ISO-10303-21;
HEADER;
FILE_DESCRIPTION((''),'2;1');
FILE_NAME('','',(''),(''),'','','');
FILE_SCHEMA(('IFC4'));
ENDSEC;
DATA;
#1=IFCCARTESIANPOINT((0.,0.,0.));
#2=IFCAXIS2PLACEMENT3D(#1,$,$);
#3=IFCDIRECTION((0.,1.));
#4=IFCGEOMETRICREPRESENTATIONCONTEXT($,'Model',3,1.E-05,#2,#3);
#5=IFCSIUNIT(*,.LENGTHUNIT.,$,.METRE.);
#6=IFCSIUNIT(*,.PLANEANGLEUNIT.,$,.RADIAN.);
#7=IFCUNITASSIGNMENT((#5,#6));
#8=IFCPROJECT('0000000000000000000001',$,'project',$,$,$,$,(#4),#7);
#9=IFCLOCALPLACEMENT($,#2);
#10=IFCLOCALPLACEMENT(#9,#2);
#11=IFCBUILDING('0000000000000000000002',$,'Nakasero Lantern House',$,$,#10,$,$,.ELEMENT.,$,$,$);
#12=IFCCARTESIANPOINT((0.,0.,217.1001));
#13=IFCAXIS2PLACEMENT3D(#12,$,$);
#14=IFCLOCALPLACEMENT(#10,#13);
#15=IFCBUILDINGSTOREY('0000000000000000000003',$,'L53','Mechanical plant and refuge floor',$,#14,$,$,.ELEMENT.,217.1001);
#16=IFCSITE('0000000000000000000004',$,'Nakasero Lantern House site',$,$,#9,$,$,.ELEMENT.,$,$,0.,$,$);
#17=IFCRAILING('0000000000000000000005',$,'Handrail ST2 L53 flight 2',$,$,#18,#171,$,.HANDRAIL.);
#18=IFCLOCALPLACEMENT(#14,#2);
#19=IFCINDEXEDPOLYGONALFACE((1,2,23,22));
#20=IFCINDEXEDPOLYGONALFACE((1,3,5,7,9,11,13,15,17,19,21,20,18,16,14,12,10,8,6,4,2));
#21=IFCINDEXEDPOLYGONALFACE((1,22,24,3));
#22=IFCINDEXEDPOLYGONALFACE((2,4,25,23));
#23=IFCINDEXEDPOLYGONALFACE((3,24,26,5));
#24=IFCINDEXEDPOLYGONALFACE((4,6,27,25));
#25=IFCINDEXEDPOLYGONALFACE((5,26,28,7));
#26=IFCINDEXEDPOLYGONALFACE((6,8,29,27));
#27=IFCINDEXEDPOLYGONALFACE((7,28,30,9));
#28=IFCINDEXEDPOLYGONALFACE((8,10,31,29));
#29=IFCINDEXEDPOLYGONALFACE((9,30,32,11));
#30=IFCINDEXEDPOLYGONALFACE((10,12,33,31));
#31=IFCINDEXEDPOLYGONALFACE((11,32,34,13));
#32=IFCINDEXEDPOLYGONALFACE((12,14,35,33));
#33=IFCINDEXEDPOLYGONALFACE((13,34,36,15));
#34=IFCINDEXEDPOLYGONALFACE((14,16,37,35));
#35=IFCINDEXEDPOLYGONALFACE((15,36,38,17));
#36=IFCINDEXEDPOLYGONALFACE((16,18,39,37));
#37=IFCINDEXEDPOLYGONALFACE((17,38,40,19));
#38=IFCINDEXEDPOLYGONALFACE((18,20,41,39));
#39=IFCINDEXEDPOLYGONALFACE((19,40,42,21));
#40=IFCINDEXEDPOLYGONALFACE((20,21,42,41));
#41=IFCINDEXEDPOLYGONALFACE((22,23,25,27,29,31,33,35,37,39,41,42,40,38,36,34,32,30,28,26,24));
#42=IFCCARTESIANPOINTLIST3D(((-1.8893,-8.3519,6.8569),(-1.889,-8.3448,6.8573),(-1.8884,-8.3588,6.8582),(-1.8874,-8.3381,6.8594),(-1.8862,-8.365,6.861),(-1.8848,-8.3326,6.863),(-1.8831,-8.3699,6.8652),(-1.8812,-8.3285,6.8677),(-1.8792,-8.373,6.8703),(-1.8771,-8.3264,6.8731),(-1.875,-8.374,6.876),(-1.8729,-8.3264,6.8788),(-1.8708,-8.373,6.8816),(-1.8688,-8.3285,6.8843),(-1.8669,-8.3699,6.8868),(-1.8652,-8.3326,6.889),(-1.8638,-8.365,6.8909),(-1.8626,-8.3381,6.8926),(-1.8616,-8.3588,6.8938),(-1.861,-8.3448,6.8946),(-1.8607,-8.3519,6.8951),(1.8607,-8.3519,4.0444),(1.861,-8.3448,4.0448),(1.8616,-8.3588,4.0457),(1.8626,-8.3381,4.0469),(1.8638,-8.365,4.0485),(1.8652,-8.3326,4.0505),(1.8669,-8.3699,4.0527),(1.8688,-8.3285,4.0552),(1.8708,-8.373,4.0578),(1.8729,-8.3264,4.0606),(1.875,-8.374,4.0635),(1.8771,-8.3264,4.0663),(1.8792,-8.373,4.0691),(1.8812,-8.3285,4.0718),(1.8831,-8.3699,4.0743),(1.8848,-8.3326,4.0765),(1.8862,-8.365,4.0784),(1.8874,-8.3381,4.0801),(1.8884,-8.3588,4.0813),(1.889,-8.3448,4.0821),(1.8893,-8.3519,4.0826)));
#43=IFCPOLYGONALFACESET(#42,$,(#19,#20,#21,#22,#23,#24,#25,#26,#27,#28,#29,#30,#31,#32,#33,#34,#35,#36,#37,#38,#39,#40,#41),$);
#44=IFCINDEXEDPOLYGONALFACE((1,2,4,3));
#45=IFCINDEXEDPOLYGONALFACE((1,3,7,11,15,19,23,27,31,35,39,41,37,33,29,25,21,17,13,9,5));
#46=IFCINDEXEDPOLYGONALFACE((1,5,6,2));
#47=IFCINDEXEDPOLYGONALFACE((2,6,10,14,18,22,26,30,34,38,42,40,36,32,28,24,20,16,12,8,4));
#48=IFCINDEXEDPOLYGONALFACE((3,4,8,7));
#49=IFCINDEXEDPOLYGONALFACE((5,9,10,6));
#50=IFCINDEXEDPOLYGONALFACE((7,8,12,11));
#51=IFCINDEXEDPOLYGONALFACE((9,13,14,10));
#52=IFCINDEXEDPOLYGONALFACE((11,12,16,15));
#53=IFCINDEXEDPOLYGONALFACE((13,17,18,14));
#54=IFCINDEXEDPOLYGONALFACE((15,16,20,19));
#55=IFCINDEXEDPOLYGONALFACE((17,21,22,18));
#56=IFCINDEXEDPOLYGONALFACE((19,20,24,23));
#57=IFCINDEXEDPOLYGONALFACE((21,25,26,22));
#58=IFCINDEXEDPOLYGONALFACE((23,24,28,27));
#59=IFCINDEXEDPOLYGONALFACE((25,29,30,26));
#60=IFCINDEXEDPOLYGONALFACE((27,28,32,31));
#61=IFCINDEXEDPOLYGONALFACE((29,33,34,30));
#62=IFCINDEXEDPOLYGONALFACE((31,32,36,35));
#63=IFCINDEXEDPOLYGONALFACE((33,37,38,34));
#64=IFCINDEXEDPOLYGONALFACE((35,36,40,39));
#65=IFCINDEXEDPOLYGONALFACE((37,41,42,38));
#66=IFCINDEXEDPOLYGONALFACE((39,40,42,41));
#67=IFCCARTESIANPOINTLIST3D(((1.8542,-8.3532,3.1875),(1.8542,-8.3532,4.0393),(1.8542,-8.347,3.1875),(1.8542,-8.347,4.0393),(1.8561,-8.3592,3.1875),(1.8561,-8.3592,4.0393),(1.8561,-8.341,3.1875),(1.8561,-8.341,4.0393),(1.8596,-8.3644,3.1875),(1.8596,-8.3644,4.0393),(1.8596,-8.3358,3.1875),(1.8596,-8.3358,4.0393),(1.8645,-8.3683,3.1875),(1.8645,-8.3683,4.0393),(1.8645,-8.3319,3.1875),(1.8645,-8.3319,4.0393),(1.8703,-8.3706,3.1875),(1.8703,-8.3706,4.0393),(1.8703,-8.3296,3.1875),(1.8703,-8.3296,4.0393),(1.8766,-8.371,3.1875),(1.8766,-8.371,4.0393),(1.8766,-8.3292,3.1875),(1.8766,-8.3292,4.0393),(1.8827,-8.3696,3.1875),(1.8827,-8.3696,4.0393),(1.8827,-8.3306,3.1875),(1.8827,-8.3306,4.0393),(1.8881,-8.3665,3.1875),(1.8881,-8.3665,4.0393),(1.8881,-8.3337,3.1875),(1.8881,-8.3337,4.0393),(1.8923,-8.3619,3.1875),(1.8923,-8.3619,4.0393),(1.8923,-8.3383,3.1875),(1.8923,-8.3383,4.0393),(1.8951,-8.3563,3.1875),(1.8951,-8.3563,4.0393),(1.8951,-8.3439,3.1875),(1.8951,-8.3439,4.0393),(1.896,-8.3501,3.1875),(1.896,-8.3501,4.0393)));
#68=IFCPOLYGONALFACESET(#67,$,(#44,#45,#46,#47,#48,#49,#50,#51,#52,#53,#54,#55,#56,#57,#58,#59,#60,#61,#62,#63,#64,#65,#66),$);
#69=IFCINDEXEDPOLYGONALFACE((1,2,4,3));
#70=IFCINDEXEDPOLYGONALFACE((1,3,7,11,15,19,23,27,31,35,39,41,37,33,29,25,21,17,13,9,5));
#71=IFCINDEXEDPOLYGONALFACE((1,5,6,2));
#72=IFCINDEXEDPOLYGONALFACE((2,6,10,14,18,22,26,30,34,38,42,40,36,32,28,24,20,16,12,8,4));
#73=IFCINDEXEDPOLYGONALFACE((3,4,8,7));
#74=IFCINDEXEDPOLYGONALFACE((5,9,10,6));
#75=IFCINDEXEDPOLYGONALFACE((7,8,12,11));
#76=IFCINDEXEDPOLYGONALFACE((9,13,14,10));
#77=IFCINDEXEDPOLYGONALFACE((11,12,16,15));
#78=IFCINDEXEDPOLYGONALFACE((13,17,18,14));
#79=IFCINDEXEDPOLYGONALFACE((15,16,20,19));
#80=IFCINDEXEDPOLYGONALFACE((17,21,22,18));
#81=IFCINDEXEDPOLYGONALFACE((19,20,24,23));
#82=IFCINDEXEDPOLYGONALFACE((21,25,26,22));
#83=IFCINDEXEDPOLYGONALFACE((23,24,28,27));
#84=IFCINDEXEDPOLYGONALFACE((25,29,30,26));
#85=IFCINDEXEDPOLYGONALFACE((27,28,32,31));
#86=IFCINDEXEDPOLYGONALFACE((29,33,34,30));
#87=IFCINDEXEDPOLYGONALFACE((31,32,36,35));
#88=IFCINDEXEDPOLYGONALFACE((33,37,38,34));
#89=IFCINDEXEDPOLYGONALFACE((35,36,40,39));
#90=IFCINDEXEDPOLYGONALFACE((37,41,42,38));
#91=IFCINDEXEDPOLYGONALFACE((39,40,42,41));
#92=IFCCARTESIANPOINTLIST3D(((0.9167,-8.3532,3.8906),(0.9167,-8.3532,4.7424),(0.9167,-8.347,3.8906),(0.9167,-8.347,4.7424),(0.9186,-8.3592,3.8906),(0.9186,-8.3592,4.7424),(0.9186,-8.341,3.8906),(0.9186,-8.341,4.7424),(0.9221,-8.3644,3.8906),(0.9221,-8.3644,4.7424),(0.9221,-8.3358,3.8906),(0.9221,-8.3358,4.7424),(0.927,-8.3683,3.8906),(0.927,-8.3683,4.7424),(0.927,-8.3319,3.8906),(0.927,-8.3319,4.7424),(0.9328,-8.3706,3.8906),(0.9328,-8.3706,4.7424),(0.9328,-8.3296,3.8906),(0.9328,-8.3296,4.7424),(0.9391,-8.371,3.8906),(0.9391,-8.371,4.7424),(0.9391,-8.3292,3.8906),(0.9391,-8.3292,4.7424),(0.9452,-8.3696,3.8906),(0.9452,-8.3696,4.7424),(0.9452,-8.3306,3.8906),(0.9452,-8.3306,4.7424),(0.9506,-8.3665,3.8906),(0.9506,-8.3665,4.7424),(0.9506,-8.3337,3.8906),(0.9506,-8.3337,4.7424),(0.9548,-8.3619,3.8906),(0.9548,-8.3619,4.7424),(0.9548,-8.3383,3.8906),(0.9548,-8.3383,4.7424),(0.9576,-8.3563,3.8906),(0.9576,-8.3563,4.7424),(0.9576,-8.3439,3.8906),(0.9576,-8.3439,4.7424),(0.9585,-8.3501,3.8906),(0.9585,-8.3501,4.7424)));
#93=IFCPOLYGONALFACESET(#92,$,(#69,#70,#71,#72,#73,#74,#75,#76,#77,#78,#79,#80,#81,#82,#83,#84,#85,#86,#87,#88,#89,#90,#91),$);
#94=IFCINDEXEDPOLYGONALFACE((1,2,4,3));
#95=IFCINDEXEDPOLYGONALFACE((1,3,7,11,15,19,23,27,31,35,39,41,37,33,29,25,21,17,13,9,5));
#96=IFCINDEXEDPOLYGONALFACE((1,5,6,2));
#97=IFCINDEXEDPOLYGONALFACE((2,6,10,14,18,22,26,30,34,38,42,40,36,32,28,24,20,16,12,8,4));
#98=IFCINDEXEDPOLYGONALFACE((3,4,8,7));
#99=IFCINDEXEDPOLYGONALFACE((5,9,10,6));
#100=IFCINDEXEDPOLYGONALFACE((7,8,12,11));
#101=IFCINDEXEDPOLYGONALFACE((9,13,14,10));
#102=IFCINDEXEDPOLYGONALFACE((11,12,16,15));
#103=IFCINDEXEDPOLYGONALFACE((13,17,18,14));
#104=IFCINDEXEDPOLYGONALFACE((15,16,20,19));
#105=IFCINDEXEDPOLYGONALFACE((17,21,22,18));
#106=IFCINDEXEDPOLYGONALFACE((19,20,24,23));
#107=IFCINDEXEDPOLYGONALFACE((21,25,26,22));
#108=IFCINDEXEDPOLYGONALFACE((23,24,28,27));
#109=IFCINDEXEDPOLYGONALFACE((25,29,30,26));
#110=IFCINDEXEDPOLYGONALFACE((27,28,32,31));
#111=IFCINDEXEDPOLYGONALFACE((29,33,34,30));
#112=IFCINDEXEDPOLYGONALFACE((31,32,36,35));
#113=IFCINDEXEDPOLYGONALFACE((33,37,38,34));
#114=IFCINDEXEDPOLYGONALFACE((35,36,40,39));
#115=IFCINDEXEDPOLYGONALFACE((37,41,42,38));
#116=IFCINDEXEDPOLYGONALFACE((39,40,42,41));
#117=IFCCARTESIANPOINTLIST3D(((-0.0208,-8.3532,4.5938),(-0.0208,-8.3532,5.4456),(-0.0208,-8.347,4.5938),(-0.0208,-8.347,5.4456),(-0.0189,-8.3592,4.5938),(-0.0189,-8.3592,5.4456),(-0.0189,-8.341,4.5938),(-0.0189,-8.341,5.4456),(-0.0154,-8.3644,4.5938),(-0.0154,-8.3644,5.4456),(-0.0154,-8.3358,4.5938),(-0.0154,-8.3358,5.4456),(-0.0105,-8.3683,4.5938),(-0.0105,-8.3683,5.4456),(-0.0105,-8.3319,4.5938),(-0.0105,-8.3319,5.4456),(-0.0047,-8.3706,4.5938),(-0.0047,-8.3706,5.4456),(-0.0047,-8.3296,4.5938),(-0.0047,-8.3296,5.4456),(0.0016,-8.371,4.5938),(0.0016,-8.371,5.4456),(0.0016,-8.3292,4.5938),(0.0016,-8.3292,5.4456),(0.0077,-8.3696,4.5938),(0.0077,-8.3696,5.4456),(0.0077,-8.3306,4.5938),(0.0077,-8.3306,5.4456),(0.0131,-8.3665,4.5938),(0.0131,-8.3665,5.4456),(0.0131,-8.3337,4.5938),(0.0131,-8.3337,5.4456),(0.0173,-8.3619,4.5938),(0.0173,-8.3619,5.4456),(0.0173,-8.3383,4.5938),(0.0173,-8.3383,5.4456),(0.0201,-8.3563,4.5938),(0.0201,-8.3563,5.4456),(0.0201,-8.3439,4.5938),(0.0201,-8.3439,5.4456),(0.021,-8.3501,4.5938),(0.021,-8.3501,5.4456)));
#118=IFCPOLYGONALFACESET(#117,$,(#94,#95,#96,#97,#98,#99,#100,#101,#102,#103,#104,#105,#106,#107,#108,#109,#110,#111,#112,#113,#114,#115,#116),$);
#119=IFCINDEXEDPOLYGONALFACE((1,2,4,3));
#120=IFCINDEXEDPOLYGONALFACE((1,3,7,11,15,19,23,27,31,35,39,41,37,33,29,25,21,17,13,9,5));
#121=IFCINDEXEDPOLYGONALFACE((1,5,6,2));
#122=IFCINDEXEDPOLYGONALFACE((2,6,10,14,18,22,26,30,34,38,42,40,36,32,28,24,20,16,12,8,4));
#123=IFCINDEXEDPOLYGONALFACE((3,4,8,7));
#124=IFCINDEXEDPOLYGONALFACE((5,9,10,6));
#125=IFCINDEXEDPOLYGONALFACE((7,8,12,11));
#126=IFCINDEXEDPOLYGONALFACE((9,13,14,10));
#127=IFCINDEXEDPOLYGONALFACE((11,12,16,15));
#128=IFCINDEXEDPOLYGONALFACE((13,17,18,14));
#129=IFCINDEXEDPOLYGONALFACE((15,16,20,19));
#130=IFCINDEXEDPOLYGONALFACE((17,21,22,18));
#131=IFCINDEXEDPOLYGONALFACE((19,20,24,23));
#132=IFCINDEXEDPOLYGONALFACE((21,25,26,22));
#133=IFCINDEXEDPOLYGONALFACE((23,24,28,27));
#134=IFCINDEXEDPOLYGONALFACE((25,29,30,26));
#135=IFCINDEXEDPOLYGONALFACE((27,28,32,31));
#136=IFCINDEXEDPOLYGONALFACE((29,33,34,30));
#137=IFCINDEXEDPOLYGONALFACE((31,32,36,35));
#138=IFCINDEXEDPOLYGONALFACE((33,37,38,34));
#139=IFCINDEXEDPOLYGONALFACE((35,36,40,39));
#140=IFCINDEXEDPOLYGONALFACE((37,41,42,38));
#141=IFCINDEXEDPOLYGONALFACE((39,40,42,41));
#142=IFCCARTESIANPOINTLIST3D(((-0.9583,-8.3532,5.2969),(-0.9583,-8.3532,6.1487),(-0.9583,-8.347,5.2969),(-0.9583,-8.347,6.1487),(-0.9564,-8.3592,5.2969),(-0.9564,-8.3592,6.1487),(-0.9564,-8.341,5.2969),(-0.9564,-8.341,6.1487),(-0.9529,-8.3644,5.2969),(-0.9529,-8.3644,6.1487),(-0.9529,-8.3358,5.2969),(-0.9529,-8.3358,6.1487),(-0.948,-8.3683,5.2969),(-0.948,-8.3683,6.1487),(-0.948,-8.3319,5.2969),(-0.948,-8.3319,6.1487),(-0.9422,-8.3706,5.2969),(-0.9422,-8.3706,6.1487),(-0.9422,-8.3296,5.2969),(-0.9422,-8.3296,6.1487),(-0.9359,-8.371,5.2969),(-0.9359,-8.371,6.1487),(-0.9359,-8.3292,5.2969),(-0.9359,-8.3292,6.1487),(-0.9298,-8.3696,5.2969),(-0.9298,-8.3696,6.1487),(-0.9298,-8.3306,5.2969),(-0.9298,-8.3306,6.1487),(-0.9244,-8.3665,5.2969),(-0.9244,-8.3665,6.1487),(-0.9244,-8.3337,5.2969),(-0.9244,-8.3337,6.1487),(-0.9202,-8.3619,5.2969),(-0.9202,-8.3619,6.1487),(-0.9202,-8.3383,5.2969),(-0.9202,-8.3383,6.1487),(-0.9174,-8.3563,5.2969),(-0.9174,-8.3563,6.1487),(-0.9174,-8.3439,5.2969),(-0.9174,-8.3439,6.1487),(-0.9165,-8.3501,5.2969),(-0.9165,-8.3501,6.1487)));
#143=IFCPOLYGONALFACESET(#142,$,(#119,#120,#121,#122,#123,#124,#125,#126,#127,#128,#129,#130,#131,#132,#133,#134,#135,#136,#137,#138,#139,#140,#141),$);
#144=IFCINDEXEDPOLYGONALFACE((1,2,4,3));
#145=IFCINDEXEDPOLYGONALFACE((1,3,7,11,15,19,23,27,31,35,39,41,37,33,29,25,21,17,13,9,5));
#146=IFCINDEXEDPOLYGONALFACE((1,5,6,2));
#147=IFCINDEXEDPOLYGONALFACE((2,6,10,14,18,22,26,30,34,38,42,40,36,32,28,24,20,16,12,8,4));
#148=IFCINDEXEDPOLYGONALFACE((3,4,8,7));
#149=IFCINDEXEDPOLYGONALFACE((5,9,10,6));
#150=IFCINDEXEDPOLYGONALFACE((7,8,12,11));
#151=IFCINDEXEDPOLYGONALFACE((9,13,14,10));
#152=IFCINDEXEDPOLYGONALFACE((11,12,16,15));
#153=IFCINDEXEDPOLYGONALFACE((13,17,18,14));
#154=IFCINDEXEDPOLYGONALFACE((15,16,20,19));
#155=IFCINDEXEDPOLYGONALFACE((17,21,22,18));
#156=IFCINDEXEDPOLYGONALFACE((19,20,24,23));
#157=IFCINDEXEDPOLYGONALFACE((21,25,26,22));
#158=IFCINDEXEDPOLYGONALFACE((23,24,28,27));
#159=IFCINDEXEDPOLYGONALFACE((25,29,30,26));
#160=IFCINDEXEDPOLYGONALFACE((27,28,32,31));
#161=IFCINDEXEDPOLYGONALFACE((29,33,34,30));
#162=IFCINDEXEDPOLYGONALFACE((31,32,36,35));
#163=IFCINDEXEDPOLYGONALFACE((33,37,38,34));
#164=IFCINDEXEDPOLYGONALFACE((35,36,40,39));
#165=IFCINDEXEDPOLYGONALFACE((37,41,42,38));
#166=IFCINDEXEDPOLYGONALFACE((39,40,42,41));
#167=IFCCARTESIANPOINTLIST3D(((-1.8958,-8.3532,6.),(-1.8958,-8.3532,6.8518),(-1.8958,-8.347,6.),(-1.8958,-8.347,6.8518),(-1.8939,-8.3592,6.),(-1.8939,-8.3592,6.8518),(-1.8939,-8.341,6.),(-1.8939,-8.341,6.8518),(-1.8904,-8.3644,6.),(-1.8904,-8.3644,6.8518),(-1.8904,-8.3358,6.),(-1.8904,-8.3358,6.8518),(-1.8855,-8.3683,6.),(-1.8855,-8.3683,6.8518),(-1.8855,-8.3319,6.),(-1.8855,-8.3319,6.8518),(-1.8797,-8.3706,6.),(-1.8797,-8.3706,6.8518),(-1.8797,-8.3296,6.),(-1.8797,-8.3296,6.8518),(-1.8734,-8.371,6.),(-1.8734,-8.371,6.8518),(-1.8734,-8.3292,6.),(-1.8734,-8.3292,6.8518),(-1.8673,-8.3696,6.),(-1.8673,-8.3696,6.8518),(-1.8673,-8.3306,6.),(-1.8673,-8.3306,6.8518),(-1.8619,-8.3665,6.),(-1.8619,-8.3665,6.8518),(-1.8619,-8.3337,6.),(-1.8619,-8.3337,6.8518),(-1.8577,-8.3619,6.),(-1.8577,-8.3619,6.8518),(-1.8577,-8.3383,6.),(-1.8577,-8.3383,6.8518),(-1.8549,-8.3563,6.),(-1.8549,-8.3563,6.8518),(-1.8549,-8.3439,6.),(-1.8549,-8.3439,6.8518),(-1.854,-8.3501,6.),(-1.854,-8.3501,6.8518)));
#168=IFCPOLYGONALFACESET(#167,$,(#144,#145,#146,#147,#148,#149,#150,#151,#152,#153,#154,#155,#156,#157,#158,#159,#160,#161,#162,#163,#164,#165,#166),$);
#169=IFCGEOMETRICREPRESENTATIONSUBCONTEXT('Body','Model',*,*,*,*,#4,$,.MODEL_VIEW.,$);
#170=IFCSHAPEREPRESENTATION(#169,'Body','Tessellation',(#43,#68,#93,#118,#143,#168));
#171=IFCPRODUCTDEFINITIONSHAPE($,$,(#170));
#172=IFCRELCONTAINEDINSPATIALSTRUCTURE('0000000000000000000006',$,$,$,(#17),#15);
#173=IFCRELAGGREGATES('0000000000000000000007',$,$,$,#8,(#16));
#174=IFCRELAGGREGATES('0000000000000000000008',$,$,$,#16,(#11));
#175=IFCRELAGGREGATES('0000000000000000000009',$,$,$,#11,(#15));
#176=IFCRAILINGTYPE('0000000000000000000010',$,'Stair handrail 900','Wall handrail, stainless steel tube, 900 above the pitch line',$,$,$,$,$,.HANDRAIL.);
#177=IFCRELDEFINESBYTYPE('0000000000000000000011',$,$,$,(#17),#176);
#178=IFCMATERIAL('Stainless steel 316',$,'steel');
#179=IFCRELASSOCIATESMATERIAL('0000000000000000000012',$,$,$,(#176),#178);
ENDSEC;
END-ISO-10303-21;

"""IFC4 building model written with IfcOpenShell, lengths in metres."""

from ifc_helpers import new_model, si_unit, direction, frame, origin, origin_2d, place, context, subcontext, project, spatial, circle, extrude, material, type_object, element, save


model = new_model("IFC4")

# Units and contexts
model_context = context("Model", 3, precision=1e-05, world=origin(), true_north=direction((0.0, 1.0)))
body_context = subcontext(model_context, "Body", "Model", "MODEL_VIEW")
ifc_project = project(units=[si_unit("LENGTHUNIT", "METRE"), si_unit("PLANEANGLEUNIT", "RADIAN")], contexts=[model_context])

# Site, building, storey
site_placement = place(None, origin())
site = spatial("IfcSite", under=ifc_project, at=site_placement, Name="Nakasero Lantern House site", CompositionType="ELEMENT", RefElevation=0.0)
building_placement = place(site_placement, origin())
building = spatial("IfcBuilding", under=site, at=building_placement, Name="Nakasero Lantern House", CompositionType="ELEMENT")
storey_placement = place(building_placement, frame((0.0, 0.0, 217.1001)))
storey = spatial("IfcBuildingStorey", under=building, at=storey_placement, Name="L53", Description="Mechanical plant and refuge floor", CompositionType="ELEMENT", Elevation=217.1001)

# Railing
ifc_material_1 = material(Name="Stainless steel 316", Category="steel")
railing_type = type_object("IfcRailingType", Name="Stair handrail 900", Description="Wall handrail, stainless steel tube, 900 above the pitch line", PredefinedType="HANDRAIL", material=ifc_material_1)
railing_placement = place(storey_placement, frame((1.875, -8.3501, 3.1875)))
element("IfcRailing", 1, at=railing_placement, inside=storey, type_object=railing_type, Name="Handrail ST2 L53 flight 2", PredefinedType="HANDRAIL", context=body_context, shape_type="SweptSolid", body=[
    extrude(circle(Radius=0.0239, at=origin_2d()), frame((0.0, 0.0, 0.876), z_axis=(-0.8, 0.0, 0.6), x_axis=(0.0, -1.0, 0.0)), (0.0, 0.0, 1.0), 4.6875),
    extrude(circle(Radius=0.021, at=origin_2d()), origin(), (0.0, 0.0, 1.0), 0.8518),
    extrude(circle(Radius=0.021, at=origin_2d()), frame((-0.9375, 0.0, 0.7031)), (0.0, 0.0, 1.0), 0.8518),
    extrude(circle(Radius=0.021, at=origin_2d()), frame((-1.875, 0.0, 1.4062)), (0.0, 0.0, 1.0), 0.8518),
    extrude(circle(Radius=0.021, at=origin_2d()), frame((-2.8125, 0.0, 2.1094)), (0.0, 0.0, 1.0), 0.8518),
    extrude(circle(Radius=0.021, at=origin_2d()), frame((-3.75, 0.0, 2.8125)), (0.0, 0.0, 1.0), 0.8518),
])

save(model, "model.ifc")
